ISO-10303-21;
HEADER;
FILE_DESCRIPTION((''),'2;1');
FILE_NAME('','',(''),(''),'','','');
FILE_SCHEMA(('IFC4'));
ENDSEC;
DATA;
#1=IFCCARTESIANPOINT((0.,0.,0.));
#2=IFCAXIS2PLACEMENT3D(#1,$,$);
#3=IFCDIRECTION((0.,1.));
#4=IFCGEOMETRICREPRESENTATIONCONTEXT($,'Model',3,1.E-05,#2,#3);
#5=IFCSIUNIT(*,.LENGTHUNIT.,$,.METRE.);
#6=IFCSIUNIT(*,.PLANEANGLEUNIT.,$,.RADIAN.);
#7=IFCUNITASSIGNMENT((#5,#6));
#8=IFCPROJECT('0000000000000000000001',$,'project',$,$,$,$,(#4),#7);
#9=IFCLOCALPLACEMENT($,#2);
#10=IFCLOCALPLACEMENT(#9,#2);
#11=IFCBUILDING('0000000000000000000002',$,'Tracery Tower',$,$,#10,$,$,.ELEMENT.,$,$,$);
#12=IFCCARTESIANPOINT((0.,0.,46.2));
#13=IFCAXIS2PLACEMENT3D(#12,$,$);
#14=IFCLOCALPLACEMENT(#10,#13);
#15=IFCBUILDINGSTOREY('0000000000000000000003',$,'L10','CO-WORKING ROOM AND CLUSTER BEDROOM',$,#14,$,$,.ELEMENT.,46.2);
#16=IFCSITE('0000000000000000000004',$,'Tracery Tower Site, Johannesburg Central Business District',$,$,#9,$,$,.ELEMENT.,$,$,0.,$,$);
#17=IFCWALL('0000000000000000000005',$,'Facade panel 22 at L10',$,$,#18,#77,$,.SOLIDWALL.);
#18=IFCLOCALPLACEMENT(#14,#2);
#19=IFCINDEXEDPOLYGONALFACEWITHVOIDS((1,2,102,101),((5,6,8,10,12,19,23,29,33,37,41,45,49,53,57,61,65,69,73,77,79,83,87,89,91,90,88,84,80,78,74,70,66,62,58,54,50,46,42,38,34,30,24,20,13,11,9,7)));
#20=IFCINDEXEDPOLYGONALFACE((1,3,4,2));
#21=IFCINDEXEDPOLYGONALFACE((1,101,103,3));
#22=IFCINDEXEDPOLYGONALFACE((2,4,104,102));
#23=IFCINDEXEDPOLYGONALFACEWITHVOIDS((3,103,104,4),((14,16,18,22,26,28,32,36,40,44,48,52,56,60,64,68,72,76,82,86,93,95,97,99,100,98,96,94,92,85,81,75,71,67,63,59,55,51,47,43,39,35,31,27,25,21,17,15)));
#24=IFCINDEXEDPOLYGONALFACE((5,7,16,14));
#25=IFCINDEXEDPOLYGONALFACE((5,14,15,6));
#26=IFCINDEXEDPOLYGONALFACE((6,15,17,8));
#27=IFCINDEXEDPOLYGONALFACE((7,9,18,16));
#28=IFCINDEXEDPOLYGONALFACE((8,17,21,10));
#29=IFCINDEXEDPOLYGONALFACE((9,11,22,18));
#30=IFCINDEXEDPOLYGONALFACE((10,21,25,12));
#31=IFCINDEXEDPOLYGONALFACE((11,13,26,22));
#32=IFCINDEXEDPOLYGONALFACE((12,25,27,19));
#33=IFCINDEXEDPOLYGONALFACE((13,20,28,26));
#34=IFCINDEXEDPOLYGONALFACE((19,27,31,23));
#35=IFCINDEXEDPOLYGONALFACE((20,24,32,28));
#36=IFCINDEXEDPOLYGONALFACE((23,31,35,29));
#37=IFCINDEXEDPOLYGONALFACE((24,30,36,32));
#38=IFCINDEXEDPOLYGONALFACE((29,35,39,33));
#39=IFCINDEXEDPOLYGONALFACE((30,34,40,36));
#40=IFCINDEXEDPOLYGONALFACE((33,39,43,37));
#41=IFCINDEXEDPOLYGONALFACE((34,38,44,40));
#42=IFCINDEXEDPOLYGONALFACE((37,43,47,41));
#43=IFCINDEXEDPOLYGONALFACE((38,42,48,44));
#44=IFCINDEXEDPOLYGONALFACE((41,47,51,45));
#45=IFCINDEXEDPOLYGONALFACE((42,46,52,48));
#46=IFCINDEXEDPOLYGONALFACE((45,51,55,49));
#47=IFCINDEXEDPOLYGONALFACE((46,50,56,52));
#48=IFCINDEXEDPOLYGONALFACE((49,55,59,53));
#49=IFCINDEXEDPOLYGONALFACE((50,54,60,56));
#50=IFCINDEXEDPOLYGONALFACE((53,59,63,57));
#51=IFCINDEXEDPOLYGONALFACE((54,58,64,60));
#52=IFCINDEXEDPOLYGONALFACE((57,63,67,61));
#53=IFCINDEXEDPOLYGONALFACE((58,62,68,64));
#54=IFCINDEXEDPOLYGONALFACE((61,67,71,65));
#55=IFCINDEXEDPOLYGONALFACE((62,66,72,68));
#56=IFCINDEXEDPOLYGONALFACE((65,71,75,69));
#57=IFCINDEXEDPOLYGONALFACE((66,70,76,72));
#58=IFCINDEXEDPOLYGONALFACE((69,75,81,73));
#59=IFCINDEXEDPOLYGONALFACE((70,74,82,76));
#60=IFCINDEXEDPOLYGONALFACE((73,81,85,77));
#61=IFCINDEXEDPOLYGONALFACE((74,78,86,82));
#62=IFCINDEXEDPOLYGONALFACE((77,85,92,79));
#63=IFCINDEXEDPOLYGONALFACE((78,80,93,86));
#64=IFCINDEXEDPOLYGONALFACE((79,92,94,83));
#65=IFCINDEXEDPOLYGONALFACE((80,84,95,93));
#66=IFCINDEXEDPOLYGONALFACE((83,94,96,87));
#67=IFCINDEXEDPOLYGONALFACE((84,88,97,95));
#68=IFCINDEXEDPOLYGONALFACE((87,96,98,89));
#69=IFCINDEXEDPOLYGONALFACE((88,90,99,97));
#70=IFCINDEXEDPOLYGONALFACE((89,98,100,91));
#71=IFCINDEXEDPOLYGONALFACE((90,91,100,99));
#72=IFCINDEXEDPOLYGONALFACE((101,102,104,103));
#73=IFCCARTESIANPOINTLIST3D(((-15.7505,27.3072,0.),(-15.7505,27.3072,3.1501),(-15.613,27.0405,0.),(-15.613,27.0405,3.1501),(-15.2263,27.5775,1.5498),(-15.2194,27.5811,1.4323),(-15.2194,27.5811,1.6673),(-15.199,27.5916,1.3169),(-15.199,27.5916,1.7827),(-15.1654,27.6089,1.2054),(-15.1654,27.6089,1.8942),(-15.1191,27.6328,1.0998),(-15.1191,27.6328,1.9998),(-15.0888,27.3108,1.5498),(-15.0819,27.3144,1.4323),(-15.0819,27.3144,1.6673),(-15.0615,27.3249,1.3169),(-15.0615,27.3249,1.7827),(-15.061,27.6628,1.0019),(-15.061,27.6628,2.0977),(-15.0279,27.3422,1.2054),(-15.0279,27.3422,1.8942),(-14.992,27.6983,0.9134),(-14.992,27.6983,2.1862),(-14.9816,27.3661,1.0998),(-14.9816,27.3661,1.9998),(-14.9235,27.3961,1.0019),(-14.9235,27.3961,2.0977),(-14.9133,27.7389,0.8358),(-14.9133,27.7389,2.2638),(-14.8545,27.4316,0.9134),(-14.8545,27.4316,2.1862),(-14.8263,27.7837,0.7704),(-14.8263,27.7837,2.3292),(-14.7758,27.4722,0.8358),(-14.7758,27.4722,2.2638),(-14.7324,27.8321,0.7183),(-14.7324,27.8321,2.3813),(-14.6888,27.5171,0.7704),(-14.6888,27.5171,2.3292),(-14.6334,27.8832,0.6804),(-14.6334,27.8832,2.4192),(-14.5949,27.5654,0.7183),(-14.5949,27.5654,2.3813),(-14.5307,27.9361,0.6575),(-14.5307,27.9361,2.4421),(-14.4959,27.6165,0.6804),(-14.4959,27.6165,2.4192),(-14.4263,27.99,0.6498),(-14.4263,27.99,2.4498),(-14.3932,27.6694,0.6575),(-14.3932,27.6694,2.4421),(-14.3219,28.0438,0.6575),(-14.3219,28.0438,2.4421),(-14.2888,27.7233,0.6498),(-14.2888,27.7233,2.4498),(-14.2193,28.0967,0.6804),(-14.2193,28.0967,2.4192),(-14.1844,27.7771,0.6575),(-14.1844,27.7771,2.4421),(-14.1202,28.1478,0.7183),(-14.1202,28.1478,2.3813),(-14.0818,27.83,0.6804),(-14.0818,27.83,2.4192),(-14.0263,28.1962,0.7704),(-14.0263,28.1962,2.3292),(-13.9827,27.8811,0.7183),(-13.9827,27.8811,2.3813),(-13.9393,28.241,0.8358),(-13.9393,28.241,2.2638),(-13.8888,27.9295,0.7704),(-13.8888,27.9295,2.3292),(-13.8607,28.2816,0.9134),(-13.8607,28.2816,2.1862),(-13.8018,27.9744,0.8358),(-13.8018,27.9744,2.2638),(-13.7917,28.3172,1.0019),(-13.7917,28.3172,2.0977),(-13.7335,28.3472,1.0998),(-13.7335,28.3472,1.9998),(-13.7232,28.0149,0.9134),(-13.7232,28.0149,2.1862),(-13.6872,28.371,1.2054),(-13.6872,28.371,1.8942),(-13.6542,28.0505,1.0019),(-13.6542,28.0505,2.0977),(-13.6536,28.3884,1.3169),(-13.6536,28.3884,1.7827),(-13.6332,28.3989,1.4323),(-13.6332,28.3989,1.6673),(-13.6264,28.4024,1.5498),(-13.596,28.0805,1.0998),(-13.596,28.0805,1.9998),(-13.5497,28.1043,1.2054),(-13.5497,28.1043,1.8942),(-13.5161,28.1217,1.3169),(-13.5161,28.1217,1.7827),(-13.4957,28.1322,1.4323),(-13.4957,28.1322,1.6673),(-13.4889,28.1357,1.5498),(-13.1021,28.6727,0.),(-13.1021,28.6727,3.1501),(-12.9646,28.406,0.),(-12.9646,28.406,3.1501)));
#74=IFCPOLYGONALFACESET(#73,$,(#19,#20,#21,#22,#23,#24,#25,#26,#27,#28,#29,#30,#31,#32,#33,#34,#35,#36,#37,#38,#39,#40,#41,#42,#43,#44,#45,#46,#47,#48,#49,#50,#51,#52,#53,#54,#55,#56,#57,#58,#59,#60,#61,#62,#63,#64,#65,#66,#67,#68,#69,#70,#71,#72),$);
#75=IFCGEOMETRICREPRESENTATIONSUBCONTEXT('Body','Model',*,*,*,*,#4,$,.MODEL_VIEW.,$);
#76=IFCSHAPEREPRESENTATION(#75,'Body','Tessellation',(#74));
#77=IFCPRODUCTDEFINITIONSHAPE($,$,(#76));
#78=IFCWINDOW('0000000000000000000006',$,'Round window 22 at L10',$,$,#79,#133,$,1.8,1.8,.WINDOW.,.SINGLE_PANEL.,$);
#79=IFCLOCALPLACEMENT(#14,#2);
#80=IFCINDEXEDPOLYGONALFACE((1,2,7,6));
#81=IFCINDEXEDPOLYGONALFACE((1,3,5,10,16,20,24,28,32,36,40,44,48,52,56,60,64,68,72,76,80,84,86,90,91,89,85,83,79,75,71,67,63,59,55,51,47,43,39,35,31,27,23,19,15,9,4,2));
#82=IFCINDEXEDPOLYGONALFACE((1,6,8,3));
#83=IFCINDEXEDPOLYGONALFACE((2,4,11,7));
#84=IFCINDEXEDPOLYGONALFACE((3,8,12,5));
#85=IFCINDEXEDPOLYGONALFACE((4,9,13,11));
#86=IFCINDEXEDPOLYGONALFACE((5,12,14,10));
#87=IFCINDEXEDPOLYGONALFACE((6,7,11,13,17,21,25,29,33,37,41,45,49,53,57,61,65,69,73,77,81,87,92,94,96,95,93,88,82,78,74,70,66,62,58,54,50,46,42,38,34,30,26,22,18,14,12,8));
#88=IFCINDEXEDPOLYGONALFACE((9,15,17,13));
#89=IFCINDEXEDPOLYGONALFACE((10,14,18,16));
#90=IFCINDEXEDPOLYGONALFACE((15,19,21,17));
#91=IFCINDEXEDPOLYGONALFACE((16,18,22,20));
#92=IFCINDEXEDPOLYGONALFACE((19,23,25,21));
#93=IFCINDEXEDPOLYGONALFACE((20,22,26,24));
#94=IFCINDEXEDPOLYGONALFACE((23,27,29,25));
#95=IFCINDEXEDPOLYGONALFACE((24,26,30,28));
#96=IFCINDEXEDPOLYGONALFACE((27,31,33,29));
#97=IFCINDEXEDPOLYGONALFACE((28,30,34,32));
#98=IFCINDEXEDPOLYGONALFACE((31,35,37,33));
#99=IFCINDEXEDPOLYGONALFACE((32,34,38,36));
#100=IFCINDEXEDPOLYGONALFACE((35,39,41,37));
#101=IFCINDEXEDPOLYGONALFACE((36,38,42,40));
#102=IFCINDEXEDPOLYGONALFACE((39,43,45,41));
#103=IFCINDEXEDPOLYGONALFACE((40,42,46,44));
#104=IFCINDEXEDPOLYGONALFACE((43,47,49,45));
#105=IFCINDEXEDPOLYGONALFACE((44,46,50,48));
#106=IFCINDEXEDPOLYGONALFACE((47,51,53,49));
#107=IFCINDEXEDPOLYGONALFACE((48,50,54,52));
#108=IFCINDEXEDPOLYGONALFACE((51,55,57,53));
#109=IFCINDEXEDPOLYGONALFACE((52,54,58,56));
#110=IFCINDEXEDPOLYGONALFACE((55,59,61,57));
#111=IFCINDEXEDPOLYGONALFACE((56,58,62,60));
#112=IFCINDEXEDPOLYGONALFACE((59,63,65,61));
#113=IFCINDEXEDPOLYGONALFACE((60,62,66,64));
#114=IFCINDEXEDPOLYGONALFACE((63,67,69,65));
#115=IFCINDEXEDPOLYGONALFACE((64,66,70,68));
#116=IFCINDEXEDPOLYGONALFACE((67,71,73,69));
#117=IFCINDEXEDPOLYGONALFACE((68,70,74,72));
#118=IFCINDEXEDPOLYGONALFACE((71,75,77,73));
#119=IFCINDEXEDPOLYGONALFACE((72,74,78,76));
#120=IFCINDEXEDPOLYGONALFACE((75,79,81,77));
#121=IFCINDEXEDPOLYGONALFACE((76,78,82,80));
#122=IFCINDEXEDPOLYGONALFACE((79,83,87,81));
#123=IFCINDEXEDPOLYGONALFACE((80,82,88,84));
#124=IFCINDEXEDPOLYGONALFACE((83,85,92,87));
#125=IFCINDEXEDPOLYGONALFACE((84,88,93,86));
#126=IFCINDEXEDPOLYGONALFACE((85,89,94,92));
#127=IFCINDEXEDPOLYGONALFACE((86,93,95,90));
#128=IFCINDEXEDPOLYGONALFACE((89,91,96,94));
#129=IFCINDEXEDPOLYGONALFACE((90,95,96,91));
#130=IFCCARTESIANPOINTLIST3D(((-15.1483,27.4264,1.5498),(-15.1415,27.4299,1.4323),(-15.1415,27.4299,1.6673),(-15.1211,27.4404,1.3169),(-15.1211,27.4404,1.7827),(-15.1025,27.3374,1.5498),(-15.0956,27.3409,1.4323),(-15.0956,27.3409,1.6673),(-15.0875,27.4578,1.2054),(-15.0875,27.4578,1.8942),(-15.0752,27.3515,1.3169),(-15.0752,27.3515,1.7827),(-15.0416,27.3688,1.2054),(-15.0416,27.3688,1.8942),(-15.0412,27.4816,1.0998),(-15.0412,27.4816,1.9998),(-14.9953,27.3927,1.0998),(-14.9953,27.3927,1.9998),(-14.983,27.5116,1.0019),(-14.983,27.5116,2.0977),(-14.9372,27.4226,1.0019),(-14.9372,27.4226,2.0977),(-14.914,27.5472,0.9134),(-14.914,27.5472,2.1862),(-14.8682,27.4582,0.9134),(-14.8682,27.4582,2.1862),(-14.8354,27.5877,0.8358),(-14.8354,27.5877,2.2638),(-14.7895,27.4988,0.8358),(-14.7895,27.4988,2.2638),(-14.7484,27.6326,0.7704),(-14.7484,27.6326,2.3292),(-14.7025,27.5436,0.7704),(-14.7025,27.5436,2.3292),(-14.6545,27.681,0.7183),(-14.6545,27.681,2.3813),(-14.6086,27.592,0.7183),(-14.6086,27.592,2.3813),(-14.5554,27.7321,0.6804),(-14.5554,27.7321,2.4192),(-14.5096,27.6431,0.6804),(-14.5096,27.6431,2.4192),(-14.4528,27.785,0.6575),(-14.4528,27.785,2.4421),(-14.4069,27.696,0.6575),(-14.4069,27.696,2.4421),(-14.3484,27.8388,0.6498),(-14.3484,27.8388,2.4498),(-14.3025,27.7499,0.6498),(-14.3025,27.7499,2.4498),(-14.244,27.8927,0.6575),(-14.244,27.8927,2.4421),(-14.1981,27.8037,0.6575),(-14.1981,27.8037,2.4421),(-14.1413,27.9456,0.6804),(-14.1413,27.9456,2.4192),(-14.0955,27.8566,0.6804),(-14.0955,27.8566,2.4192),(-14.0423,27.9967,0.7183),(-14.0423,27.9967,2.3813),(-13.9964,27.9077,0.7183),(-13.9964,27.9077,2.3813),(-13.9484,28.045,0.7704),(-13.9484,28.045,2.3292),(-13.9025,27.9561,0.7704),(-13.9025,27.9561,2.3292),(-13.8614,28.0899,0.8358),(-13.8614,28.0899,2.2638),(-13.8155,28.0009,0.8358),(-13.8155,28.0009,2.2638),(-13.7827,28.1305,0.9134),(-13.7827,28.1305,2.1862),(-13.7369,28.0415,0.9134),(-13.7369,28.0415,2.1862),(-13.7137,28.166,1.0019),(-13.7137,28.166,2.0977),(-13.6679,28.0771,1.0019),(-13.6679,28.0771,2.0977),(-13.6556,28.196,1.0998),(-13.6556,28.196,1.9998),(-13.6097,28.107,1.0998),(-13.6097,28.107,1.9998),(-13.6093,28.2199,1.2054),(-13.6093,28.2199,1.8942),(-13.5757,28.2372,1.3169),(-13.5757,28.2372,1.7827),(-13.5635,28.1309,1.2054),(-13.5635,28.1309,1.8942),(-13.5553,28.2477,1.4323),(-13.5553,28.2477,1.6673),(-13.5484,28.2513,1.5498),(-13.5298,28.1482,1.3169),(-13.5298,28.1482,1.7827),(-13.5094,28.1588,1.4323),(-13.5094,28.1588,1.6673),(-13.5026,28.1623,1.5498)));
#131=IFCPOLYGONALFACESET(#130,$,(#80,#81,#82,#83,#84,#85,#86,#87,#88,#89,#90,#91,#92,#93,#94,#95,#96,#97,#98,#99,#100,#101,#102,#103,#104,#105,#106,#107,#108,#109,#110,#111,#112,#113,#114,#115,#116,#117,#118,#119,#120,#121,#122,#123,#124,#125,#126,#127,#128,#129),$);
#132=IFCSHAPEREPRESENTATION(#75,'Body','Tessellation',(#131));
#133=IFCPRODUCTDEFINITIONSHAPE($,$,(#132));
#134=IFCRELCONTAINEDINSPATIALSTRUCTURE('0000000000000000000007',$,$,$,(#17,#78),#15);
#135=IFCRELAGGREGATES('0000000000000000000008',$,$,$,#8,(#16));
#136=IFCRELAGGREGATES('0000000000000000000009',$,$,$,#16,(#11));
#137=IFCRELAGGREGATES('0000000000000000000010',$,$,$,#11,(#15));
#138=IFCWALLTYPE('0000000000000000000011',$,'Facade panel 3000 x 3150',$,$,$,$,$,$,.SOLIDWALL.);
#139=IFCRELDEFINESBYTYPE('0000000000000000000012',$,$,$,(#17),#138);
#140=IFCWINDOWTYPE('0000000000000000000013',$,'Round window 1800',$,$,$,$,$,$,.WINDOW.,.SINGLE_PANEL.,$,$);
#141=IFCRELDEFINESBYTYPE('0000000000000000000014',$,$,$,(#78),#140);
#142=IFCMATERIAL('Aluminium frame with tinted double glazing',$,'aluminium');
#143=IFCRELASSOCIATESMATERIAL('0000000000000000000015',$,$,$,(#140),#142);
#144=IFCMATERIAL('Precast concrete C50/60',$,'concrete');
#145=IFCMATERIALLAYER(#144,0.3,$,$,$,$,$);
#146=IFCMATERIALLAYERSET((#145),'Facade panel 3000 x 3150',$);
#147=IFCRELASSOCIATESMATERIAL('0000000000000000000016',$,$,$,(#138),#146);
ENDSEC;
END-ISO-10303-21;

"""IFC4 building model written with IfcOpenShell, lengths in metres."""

from ifc_helpers import new_model, si_unit, direction, frame, frame_2d, origin, origin_2d, place, context, subcontext, project, spatial, rectangle, circle, extrude, material, layer, layer_set, type_object, element, fill, save


model = new_model("IFC4")

# Units and contexts
model_context = context("Model", 3, precision=1e-05, world=origin(), true_north=direction((0.0, 1.0)))
body_context = subcontext(model_context, "Body", "Model", "MODEL_VIEW")
ifc_project = project(units=[si_unit("LENGTHUNIT", "METRE"), si_unit("PLANEANGLEUNIT", "RADIAN")], contexts=[model_context])

# Site, building, storey
site_placement = place(None, origin())
site = spatial("IfcSite", under=ifc_project, at=site_placement, Name="Tracery Tower Site, Johannesburg Central Business District", CompositionType="ELEMENT", RefElevation=0.0)
building_placement = place(site_placement, origin())
building = spatial("IfcBuilding", under=site, at=building_placement, Name="Tracery Tower", CompositionType="ELEMENT")
storey_placement = place(building_placement, frame((0.0, 0.0, 46.2)))
storey = spatial("IfcBuildingStorey", under=building, at=storey_placement, Name="L10", Description="CO-WORKING ROOM AND CLUSTER BEDROOM", CompositionType="ELEMENT", Elevation=46.2)

# Wall, opening, window
ifc_material_1 = material(Name="Aluminium frame with tinted double glazing", Category="aluminium")
window_type = type_object("IfcWindowType", Name="Round window 1800", PartitioningType="SINGLE_PANEL", PredefinedType="WINDOW", material=ifc_material_1)
ifc_material_2 = material(Name="Precast concrete C50/60", Category="concrete")
ifc_layer_1 = layer(ifc_material_2, 0.3)
ifc_layer_set_1 = layer_set([ifc_layer_1], Name="Facade panel 3000 x 3150")
wall_type_1 = type_object("IfcWallType", Name="Facade panel 3000 x 3150", PredefinedType="SOLIDWALL", material=ifc_layer_set_1)
wall_1_placement = place(storey_placement, frame((-13.0334, 28.5393, 0.0), z_axis=(0.0, 0.0, 1.0), x_axis=(-0.88882, -0.458257, 0.0)))
wall_1 = element("IfcWall", 1, at=wall_1_placement, inside=storey, type_object=wall_type_1, Name="Facade panel 22 at L10", PredefinedType="SOLIDWALL", context=body_context, shape_type="SweptSolid", body=[
    extrude(rectangle(XDim=2.9797, YDim=0.3, at=frame_2d((1.4897, 0.0))), origin(), (0.0, 0.0, 1.0), 3.1501),
])
opening_1_placement = place(wall_1_placement, frame((1.4897, 0.0, 1.5498)))
opening_1 = element("IfcOpeningElement", 2, at=opening_1_placement, cuts=wall_1, PredefinedType="OPENING", context=body_context, shape_type="SweptSolid", body=[
    extrude(circle(Radius=0.9, at=origin_2d()), frame((0.0, 0.1599, 0.0), z_axis=(0.0, -1.0, 0.0), x_axis=(1.0, 0.0, 0.0)), (0.0, 0.0, 1.0), 0.3201),
])
window_1_placement = place(opening_1_placement, origin())
window_1 = element("IfcWindow", 3, at=window_1_placement, inside=storey, type_object=window_type, Name="Round window 22 at L10", OverallHeight=1.8, OverallWidth=1.8, PartitioningType="SINGLE_PANEL", PredefinedType="WINDOW", context=body_context, shape_type="SweptSolid", body=[
    extrude(circle(Radius=0.9, at=origin_2d()), frame((0.0, 0.1201, 0.0), z_axis=(0.0, -1.0, 0.0), x_axis=(1.0, 0.0, 0.0)), (0.0, 0.0, 1.0), 0.1001),
])
fill(opening_1, window_1)

save(model, "model.ifc")
